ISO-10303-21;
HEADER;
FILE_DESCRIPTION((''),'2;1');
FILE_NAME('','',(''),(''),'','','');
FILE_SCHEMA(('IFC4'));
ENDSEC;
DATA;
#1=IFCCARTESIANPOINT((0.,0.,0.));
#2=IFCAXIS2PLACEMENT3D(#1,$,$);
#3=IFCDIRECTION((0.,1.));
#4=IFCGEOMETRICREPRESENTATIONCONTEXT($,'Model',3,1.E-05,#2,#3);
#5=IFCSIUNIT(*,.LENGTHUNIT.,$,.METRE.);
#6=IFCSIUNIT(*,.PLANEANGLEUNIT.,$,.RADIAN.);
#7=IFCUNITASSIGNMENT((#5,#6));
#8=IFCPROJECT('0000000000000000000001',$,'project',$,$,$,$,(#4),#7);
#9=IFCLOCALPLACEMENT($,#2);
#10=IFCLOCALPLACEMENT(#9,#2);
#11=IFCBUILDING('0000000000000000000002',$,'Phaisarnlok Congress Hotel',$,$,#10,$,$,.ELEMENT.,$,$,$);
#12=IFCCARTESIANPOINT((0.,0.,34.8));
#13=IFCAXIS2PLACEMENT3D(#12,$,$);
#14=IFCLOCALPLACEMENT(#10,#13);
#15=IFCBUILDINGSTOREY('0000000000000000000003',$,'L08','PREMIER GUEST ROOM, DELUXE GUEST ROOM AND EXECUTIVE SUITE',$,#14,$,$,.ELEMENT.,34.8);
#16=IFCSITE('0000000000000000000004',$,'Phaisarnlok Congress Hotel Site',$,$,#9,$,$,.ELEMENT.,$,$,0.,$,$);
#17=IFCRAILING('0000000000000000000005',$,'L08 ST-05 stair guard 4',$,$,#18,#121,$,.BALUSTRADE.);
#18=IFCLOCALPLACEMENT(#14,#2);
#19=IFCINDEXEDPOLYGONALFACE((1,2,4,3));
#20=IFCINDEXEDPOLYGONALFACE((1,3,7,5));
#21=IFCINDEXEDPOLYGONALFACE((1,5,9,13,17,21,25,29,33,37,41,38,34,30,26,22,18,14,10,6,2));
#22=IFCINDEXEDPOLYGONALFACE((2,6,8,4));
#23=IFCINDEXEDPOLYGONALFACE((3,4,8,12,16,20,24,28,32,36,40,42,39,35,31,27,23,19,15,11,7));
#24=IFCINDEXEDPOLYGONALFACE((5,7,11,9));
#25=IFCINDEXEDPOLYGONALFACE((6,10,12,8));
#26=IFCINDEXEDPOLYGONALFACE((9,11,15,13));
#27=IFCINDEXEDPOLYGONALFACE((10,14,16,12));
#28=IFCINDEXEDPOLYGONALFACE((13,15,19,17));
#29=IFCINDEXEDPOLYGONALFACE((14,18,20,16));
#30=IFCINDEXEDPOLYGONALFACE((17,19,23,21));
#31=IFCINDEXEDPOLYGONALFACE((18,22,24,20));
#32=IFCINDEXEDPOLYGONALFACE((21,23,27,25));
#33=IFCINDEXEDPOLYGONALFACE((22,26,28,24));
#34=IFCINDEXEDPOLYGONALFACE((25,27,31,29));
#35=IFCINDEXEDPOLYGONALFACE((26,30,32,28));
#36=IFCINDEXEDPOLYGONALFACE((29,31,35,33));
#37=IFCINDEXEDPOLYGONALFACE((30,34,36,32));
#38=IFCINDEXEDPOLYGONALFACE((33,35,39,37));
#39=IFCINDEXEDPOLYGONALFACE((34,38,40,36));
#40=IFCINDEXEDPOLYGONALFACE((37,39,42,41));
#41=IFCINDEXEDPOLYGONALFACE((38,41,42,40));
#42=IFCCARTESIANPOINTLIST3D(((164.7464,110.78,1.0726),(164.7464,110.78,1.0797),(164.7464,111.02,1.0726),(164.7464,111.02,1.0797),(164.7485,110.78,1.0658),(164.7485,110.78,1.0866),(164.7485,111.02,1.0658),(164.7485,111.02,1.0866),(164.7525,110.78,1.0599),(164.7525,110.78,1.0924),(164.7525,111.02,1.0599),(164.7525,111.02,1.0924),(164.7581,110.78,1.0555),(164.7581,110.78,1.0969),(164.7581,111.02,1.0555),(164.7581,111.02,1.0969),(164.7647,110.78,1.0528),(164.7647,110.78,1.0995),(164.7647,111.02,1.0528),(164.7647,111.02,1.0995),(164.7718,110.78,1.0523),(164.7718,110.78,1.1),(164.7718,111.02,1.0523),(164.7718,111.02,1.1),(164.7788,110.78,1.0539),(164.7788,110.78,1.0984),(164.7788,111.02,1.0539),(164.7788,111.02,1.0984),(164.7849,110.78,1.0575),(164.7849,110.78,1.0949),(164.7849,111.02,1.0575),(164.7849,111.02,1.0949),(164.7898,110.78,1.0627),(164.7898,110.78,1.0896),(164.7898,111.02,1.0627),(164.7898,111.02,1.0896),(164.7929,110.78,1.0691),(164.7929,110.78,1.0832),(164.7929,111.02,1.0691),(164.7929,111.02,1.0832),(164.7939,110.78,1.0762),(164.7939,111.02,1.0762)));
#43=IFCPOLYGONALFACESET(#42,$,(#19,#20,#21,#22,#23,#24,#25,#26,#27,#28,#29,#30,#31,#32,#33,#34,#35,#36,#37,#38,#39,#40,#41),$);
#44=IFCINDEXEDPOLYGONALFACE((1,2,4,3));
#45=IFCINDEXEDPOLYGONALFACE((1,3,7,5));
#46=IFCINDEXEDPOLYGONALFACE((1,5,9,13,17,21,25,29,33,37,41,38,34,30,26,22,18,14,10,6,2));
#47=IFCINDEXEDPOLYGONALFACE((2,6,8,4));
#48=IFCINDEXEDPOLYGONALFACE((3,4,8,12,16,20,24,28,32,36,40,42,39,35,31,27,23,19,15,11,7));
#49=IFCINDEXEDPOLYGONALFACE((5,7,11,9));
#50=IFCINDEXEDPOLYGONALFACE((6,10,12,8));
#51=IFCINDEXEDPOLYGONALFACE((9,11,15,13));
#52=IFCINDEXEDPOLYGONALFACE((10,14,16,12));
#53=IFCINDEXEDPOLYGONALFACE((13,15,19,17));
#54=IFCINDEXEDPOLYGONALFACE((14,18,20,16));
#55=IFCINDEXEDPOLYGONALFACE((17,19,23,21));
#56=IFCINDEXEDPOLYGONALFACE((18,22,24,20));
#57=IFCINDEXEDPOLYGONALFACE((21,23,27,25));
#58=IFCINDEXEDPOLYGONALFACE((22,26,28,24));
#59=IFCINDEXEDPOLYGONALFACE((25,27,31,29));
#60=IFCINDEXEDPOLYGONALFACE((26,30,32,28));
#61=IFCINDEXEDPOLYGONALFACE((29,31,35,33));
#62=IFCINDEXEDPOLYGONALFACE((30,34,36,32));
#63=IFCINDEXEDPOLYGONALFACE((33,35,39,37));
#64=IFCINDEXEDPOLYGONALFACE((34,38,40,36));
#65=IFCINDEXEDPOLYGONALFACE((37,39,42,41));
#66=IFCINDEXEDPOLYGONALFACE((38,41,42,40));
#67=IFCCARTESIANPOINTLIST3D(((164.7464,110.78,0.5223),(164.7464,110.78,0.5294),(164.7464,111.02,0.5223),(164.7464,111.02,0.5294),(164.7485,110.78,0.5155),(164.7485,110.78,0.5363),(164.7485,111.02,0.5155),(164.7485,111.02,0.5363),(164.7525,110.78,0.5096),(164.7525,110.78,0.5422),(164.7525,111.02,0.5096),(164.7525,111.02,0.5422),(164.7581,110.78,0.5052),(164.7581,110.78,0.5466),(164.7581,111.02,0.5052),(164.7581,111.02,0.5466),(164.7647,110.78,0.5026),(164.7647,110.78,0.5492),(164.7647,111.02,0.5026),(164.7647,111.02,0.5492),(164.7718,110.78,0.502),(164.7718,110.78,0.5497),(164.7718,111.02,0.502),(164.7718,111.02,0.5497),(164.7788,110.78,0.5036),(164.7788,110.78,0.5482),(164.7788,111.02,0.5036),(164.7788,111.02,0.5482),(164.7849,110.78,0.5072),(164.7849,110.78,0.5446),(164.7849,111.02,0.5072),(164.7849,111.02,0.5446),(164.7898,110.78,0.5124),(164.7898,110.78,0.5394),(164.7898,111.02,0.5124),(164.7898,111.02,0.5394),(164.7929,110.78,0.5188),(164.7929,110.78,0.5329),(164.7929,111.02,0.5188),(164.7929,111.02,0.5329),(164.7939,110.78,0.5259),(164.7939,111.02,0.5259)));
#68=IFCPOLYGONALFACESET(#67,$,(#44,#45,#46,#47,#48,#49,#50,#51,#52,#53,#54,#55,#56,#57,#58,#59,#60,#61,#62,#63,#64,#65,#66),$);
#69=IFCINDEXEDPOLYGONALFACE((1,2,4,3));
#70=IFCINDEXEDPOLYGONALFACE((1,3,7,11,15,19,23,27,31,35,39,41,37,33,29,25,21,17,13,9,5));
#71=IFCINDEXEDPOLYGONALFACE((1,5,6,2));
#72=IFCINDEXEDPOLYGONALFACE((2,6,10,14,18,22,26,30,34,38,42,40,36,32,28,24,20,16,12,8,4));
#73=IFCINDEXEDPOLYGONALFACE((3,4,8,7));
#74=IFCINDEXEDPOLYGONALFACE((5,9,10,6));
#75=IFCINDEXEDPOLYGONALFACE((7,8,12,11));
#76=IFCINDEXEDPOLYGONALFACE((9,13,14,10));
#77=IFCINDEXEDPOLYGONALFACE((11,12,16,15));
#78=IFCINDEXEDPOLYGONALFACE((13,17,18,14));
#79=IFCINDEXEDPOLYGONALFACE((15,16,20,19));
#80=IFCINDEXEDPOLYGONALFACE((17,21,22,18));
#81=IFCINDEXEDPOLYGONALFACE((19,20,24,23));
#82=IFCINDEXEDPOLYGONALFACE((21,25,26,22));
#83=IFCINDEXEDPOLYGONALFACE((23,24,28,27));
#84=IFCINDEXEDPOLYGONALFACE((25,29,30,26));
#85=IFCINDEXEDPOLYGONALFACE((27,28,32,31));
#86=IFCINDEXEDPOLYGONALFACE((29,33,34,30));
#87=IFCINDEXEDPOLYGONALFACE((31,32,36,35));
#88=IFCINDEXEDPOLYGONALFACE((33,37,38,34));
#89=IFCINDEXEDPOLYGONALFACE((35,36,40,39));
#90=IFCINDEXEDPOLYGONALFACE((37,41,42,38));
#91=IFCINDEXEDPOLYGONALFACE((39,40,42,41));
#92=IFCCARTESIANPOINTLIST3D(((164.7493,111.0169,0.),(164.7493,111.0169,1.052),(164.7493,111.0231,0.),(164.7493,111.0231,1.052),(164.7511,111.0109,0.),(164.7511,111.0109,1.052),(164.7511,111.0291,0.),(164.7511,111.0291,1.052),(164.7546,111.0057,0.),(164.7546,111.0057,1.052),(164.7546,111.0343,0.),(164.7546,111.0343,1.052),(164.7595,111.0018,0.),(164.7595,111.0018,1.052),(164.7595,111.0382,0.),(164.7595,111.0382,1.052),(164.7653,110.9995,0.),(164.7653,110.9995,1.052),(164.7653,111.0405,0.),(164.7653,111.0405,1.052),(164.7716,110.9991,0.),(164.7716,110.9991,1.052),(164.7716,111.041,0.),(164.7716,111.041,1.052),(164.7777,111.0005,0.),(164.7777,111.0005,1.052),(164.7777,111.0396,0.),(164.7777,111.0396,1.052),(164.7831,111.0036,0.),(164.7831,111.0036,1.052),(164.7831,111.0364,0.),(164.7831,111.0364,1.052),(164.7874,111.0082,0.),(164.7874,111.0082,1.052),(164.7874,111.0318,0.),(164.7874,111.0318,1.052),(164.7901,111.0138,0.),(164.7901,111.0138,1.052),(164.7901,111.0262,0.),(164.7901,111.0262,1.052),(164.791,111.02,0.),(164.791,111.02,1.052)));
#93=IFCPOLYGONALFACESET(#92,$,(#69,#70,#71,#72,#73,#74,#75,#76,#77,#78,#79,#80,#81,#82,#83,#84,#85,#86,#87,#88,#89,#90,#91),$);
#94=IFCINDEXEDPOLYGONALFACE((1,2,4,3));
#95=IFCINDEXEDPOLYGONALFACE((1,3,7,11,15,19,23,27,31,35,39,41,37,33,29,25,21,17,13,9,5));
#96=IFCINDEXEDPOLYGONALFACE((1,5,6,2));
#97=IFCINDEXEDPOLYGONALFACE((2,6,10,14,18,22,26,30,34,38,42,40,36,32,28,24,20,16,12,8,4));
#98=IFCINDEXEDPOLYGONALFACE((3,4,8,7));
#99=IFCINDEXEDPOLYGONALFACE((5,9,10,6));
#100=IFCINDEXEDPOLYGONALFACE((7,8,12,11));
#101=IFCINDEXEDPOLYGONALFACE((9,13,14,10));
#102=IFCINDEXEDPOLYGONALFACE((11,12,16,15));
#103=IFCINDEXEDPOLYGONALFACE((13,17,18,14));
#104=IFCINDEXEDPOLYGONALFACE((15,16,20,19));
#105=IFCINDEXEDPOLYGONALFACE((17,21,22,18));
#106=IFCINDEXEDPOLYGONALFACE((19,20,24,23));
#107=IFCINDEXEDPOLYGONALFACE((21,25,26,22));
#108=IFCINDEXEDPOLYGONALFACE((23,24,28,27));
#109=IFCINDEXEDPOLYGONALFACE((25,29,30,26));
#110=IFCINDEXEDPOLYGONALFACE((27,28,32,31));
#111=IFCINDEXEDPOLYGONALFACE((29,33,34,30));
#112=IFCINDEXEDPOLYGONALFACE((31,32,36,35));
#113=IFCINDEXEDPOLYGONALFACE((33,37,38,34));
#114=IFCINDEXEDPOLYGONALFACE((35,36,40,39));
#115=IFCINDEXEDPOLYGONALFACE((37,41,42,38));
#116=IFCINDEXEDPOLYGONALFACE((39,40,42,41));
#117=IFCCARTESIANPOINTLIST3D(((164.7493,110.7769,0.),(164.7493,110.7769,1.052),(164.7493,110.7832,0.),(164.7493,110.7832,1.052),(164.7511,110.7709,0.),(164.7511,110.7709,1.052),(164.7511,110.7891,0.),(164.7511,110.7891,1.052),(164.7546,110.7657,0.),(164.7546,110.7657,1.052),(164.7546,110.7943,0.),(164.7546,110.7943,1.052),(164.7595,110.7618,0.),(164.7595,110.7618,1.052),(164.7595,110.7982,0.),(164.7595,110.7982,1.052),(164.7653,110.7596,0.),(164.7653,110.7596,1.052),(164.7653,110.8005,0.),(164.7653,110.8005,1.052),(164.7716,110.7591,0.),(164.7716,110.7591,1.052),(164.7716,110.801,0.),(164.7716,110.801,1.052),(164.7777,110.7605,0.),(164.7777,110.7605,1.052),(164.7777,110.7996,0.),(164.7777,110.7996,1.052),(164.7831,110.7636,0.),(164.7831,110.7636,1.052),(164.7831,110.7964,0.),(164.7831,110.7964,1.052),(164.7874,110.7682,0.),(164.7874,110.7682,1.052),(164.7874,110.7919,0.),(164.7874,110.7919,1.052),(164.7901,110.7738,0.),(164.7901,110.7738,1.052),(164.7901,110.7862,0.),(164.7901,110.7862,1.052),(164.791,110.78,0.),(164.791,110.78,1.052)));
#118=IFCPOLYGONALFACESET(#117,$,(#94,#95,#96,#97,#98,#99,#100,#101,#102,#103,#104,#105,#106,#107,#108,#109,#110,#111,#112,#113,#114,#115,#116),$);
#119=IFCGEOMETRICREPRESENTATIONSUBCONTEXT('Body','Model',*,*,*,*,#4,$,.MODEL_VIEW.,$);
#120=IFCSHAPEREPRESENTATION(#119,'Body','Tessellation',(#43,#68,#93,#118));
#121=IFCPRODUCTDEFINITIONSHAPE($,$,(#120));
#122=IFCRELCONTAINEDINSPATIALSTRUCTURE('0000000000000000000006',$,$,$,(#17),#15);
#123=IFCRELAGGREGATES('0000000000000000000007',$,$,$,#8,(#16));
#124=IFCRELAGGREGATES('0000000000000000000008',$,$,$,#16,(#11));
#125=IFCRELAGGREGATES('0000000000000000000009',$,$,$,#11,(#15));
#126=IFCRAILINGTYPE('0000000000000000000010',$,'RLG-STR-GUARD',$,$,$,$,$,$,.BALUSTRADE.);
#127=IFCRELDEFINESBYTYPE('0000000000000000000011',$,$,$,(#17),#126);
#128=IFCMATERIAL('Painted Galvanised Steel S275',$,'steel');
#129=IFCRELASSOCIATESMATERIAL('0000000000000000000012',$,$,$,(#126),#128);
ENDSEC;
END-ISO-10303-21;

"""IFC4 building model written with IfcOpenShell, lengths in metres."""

from ifc_helpers import new_model, si_unit, direction, frame, origin, origin_2d, place, context, subcontext, project, spatial, circle, extrude, material, type_object, element, save


model = new_model("IFC4")

# Units and contexts
model_context = context("Model", 3, precision=1e-05, world=origin(), true_north=direction((0.0, 1.0)))
body_context = subcontext(model_context, "Body", "Model", "MODEL_VIEW")
ifc_project = project(units=[si_unit("LENGTHUNIT", "METRE"), si_unit("PLANEANGLEUNIT", "RADIAN")], contexts=[model_context])

# Site, building, storey
site_placement = place(None, origin())
site = spatial("IfcSite", under=ifc_project, at=site_placement, Name="Phaisarnlok Congress Hotel Site", CompositionType="ELEMENT", RefElevation=0.0)
building_placement = place(site_placement, origin())
building = spatial("IfcBuilding", under=site, at=building_placement, Name="Phaisarnlok Congress Hotel", CompositionType="ELEMENT")
storey_placement = place(building_placement, frame((0.0, 0.0, 34.8)))
storey = spatial("IfcBuildingStorey", under=building, at=storey_placement, Name="L08", Description="PREMIER GUEST ROOM, DELUXE GUEST ROOM AND EXECUTIVE SUITE", CompositionType="ELEMENT", Elevation=34.8)

# Railing
ifc_material_1 = material(Name="Painted Galvanised Steel S275", Category="steel")
railing_type_1 = type_object("IfcRailingType", Name="RLG-STR-GUARD", PredefinedType="BALUSTRADE", material=ifc_material_1)
railing_1_placement = place(storey_placement, frame((164.77, 111.02, 0.0)))
element("IfcRailing", 1, at=railing_1_placement, inside=storey, type_object=railing_type_1, Name="L08 ST-05 stair guard 4", PredefinedType="BALUSTRADE", context=body_context, shape_type="SweptSolid", body=[
    extrude(circle(Radius=0.0239, at=origin_2d()), frame((0.0, 0.0, 1.0762), z_axis=(0.0, -1.0, 0.0), x_axis=(1.0, 0.0, 0.0)), (0.0, 0.0, 1.0), 0.24),
    extrude(circle(Radius=0.0239, at=origin_2d()), frame((0.0, 0.0, 0.5259), z_axis=(0.0, -1.0, 0.0), x_axis=(1.0, 0.0, 0.0)), (0.0, 0.0, 1.0), 0.24),
    extrude(circle(Radius=0.021, at=origin_2d()), origin(), (0.0, 0.0, 1.0), 1.052),
    extrude(circle(Radius=0.021, at=origin_2d()), frame((0.0, -0.24, 0.0)), (0.0, 0.0, 1.0), 1.052),
])

save(model, "model.ifc")
